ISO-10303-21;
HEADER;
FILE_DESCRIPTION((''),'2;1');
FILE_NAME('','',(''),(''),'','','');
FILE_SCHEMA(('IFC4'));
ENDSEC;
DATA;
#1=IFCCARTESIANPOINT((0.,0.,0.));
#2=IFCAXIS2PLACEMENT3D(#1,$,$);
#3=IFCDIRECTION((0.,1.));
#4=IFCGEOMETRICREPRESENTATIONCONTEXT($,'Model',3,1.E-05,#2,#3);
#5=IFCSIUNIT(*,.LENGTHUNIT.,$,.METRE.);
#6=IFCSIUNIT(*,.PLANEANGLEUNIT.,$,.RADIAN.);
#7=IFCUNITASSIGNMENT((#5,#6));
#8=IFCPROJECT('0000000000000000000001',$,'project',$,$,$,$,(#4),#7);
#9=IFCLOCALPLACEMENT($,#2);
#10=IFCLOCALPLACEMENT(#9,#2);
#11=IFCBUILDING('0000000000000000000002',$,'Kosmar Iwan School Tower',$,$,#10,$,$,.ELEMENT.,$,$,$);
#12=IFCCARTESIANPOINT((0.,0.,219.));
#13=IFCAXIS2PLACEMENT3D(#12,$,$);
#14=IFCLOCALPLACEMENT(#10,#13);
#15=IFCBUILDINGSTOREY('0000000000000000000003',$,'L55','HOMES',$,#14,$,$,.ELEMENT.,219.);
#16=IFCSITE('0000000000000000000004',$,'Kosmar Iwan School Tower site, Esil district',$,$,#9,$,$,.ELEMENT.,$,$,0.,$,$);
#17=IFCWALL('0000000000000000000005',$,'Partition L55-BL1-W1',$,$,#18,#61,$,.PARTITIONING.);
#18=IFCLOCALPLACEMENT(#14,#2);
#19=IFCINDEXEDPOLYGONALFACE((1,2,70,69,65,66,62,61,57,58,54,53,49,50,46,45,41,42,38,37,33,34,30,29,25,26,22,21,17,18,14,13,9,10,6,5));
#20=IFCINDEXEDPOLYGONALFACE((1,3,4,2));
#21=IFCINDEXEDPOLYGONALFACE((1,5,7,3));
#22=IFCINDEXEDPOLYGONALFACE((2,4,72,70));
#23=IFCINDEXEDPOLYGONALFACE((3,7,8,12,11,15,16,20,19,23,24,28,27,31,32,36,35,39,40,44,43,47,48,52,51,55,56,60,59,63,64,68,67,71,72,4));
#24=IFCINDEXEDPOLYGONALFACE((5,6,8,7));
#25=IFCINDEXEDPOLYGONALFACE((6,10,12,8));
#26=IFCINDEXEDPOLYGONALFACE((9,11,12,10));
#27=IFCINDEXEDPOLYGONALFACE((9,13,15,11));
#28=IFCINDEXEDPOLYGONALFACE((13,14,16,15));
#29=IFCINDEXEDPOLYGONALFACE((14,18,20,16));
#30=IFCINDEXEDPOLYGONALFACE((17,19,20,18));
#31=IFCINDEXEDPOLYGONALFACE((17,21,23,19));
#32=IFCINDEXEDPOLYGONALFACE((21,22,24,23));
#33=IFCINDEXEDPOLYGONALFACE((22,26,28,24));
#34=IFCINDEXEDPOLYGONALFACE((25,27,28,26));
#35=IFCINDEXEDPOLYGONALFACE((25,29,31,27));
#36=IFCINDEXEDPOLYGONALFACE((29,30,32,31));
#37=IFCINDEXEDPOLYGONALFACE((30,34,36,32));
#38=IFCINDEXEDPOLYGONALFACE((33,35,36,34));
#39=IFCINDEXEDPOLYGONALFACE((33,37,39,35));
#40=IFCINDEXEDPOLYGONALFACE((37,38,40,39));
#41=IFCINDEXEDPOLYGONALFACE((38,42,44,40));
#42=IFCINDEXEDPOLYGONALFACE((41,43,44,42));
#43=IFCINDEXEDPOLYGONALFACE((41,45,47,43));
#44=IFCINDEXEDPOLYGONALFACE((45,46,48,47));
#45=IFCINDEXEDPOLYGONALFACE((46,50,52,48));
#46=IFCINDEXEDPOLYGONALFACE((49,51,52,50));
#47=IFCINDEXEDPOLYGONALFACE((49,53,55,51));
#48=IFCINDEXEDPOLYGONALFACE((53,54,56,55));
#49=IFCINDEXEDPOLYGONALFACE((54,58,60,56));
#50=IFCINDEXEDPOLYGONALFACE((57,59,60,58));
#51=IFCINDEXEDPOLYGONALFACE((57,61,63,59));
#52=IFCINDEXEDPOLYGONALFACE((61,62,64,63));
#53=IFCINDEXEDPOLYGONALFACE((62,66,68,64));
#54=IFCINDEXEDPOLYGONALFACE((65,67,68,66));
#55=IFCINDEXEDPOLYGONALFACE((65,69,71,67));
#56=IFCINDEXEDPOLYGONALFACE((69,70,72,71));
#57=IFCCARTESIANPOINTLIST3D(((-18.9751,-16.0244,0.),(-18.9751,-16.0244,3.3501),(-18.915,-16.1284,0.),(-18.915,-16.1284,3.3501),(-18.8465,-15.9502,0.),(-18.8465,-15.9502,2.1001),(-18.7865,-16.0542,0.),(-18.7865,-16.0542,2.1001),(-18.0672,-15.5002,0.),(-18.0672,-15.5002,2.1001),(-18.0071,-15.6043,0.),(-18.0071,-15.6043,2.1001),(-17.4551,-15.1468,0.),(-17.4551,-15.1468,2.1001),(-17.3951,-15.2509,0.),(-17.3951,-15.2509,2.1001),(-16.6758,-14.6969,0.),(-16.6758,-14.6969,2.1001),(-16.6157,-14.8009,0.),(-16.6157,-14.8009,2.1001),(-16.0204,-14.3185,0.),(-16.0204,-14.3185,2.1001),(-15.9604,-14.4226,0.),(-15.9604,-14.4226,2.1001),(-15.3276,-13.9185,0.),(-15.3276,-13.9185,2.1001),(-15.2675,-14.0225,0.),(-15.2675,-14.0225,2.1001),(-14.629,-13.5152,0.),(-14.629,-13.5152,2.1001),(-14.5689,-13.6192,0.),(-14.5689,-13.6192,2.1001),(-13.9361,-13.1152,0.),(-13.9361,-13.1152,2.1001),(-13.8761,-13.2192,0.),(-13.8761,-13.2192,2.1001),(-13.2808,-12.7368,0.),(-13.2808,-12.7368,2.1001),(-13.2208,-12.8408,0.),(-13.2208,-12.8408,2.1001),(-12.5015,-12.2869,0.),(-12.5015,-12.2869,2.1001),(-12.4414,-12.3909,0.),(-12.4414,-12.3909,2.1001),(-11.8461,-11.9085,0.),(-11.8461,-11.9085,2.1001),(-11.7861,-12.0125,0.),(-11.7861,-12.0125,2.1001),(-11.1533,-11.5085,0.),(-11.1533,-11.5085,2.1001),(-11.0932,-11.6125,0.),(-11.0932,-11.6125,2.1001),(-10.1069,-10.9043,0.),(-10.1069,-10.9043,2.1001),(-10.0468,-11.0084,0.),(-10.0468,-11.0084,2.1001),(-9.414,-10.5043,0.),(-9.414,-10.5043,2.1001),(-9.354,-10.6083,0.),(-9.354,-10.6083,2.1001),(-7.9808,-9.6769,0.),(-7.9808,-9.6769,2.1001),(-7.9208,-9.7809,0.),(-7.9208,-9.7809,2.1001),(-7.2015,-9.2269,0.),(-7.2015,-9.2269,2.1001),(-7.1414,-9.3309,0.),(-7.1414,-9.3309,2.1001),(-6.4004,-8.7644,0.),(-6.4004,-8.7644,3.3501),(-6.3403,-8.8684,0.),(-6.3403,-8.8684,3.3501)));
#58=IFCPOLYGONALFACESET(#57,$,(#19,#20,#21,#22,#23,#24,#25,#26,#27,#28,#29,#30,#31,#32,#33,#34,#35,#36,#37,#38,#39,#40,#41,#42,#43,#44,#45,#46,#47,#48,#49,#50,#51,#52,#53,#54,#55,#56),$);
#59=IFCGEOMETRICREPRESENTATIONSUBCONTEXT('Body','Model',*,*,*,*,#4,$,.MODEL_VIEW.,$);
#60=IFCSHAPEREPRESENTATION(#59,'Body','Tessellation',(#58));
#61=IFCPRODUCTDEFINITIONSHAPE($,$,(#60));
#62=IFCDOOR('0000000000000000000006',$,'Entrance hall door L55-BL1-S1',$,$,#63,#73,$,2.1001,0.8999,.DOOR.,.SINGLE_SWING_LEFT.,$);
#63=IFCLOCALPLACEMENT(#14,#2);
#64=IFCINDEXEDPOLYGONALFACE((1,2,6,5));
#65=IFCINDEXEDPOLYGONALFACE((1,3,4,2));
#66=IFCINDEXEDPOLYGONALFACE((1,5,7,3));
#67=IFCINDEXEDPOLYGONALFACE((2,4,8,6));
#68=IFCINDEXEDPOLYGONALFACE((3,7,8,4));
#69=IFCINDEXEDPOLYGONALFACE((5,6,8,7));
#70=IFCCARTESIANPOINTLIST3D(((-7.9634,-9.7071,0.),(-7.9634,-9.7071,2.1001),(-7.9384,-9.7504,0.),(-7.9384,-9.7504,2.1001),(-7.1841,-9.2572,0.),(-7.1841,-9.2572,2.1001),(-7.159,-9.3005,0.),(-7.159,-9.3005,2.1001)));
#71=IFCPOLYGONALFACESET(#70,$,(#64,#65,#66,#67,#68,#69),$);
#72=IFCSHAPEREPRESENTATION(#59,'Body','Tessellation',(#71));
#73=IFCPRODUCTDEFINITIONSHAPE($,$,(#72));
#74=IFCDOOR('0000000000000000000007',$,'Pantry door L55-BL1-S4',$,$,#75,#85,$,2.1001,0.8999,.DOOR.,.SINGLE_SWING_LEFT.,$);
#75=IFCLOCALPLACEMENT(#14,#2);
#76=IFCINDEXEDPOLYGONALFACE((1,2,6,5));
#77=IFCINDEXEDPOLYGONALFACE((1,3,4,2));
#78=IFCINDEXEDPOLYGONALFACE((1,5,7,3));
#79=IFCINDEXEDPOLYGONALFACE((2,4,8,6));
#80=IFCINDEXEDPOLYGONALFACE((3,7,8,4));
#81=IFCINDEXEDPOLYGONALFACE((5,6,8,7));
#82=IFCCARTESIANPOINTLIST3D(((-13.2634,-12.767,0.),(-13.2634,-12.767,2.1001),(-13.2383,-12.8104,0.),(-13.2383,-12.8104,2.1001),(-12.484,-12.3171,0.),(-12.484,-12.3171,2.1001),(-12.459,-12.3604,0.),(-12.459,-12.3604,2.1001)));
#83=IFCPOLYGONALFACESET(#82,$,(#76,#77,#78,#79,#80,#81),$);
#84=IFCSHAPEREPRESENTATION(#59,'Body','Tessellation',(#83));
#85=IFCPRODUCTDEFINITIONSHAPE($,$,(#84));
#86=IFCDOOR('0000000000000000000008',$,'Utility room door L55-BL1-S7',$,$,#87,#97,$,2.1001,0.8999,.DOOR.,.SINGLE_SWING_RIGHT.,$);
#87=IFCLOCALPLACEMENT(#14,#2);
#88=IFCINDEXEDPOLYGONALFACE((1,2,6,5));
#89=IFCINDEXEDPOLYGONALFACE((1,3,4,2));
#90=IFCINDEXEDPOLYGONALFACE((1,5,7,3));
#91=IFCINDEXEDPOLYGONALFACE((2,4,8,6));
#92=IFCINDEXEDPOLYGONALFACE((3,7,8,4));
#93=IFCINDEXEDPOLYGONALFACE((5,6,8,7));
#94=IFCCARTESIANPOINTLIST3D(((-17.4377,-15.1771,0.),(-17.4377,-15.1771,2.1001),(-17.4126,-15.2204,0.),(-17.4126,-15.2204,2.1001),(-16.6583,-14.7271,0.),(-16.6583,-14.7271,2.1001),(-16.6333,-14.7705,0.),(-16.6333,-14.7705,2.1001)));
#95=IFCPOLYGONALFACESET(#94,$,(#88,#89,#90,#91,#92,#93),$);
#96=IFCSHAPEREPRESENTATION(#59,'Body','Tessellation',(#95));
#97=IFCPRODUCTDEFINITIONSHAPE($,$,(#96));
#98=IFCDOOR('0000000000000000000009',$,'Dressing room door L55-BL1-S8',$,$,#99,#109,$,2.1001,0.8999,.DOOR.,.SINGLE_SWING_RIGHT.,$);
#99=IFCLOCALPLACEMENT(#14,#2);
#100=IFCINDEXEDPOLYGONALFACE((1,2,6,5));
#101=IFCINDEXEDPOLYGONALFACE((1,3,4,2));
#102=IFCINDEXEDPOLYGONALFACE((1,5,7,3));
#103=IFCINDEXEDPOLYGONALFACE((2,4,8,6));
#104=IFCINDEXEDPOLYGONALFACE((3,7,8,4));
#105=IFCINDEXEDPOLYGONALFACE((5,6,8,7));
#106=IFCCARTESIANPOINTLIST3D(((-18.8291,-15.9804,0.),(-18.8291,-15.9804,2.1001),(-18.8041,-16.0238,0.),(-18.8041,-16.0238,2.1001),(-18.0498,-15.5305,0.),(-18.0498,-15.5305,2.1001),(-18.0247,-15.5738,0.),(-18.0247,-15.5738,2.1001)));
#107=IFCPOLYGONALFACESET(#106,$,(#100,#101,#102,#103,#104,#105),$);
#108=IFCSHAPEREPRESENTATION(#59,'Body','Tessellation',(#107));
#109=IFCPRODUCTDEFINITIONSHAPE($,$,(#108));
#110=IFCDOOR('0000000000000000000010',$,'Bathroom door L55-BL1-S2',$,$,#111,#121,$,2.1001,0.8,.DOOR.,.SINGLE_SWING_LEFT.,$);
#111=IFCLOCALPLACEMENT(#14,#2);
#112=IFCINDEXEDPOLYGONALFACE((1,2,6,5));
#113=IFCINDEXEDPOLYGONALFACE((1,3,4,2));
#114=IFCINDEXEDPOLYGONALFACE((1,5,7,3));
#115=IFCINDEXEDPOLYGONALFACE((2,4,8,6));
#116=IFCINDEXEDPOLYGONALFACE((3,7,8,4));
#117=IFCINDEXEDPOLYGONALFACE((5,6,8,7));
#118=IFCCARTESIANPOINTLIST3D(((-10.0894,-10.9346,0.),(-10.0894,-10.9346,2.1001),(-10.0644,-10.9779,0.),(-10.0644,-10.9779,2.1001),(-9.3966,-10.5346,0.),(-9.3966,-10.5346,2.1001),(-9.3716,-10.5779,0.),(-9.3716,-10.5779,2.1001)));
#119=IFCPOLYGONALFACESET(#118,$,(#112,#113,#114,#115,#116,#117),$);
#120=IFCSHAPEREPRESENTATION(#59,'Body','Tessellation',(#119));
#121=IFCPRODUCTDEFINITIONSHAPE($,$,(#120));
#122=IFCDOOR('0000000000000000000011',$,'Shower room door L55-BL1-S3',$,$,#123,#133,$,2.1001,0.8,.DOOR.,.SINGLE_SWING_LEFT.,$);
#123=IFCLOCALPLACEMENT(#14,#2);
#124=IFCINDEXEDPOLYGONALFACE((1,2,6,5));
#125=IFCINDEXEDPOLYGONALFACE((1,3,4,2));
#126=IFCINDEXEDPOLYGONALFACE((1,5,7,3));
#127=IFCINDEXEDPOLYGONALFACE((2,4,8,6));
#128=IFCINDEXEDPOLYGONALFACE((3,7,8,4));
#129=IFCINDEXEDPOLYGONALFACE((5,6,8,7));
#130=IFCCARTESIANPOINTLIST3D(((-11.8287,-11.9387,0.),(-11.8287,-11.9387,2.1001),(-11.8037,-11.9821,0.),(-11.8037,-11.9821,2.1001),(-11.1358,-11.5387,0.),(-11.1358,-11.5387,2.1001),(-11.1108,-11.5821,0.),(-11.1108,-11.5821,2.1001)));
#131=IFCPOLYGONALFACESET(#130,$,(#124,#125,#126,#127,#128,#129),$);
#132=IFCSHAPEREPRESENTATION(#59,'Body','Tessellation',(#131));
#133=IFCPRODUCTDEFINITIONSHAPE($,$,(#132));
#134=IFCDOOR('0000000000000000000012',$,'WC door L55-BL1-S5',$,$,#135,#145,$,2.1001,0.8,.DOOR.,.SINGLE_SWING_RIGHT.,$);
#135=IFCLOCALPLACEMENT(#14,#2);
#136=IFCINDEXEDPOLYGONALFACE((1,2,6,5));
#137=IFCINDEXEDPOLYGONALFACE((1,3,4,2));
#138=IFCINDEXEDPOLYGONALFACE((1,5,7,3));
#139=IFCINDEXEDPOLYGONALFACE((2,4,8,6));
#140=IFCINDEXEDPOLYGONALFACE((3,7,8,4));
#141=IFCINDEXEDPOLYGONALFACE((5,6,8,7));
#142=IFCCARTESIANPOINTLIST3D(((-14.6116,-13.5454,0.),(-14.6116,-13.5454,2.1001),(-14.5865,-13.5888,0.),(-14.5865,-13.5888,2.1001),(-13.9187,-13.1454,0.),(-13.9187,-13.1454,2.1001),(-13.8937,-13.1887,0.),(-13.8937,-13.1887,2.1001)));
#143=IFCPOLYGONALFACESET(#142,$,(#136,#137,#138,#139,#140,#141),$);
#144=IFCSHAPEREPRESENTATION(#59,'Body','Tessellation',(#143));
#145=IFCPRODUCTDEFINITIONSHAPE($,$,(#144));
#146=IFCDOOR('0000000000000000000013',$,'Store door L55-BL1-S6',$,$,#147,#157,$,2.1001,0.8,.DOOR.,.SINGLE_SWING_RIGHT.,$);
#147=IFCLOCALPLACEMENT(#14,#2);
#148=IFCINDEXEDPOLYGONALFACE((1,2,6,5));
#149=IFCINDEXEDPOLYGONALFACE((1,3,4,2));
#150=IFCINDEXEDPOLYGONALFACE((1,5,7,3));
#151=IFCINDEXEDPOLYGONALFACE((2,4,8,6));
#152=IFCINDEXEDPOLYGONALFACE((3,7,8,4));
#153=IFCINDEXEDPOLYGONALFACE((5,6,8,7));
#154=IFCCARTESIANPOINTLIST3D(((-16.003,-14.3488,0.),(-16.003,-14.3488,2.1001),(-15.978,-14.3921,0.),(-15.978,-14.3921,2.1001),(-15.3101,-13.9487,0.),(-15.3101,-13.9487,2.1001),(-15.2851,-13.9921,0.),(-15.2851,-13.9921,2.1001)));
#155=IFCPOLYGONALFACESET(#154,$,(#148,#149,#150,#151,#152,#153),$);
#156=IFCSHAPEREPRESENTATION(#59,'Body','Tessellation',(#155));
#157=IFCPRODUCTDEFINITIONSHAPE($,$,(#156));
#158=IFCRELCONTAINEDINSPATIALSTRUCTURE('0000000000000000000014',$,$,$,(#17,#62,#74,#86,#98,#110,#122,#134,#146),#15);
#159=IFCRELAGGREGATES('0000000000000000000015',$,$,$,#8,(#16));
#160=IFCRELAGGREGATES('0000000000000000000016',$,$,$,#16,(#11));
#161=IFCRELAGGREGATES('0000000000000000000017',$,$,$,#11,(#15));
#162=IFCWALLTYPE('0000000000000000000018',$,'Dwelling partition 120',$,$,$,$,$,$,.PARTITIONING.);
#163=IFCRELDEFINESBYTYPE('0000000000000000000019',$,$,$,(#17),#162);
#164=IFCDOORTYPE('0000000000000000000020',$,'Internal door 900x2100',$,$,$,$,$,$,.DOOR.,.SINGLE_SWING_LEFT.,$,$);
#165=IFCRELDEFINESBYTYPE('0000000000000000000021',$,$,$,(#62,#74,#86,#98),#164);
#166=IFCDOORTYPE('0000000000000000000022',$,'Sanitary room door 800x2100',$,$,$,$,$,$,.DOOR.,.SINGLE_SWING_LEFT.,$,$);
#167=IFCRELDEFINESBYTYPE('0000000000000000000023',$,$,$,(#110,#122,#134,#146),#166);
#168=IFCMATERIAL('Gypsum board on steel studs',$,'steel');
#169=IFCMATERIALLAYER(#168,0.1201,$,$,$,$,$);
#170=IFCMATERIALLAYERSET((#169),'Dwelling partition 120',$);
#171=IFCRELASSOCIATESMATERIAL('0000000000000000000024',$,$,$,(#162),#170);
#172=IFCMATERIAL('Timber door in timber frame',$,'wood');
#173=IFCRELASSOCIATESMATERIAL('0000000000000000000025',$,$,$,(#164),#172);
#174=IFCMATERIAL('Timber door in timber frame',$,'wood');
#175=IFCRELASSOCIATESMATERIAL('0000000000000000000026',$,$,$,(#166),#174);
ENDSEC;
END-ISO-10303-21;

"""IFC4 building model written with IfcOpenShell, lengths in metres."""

from ifc_helpers import new_model, si_unit, direction, frame, frame_2d, origin, place, context, subcontext, project, spatial, rectangle, extrude, material, layer, layer_set, type_object, element, fill, save


model = new_model("IFC4")

# Units and contexts
model_context = context("Model", 3, precision=1e-05, world=origin(), true_north=direction((0.0, 1.0)))
body_context = subcontext(model_context, "Body", "Model", "MODEL_VIEW")
ifc_project = project(units=[si_unit("LENGTHUNIT", "METRE"), si_unit("PLANEANGLEUNIT", "RADIAN")], contexts=[model_context])

# Site, building, storey
site_placement = place(None, origin())
site = spatial("IfcSite", under=ifc_project, at=site_placement, Name="Kosmar Iwan School Tower site, Esil district", CompositionType="ELEMENT", RefElevation=0.0)
building_placement = place(site_placement, origin())
building = spatial("IfcBuilding", under=site, at=building_placement, Name="Kosmar Iwan School Tower", CompositionType="ELEMENT")
storey_placement = place(building_placement, frame((0.0, 0.0, 219.0)))
storey = spatial("IfcBuildingStorey", under=building, at=storey_placement, Name="L55", Description="HOMES", CompositionType="ELEMENT", Elevation=219.0)

# Wall, openings, doors
ifc_material_1 = material(Name="Gypsum board on steel studs", Category="steel")
ifc_layer_1 = layer(ifc_material_1, 0.1201)
ifc_layer_set_1 = layer_set([ifc_layer_1], Name="Dwelling partition 120")
wall_type_1 = type_object("IfcWallType", Name="Dwelling partition 120", PredefinedType="PARTITIONING", material=ifc_layer_set_1)
wall_1_placement = place(storey_placement, frame((-6.3704, -8.8164, 0.0), z_axis=(0.0, 0.0, 1.0), x_axis=(-0.866025, -0.5, 0.0)))
wall_1 = element("IfcWall", 1, at=wall_1_placement, inside=storey, type_object=wall_type_1, Name="Partition L55-BL1-W1", PredefinedType="PARTITIONING", context=body_context, shape_type="SweptSolid", body=[
    extrude(rectangle(XDim=14.52, YDim=0.1201, at=frame_2d((7.26, 0.0))), origin(), (0.0, 0.0, 1.0), 3.3501),
])
opening_1_placement = place(wall_1_placement, frame((0.925, 0.0, 0.0)))
opening_1 = element("IfcOpeningElement", 2, at=opening_1_placement, cuts=wall_1, PredefinedType="OPENING", context=body_context, shape_type="SweptSolid", body=[
    extrude(rectangle(XDim=0.8999, YDim=2.1001, at=frame_2d((0.45, 1.05))), frame((0.0, 0.072, 0.0), z_axis=(0.0, -1.0, 0.0), x_axis=(1.0, 0.0, 0.0)), (0.0, 0.0, 1.0), 0.144),
])
opening_2_placement = place(wall_1_placement, frame((3.48, 0.0, 0.0)))
opening_2 = element("IfcOpeningElement", 3, at=opening_2_placement, cuts=wall_1, PredefinedType="OPENING", context=body_context, shape_type="SweptSolid", body=[
    extrude(rectangle(XDim=0.8, YDim=2.1001, at=frame_2d((0.3999, 1.05))), frame((0.0, 0.072, 0.0), z_axis=(0.0, -1.0, 0.0), x_axis=(1.0, 0.0, 0.0)), (0.0, 0.0, 1.0), 0.144),
])
opening_3_placement = place(wall_1_placement, frame((5.4883, 0.0, 0.0)))
opening_3 = element("IfcOpeningElement", 4, at=opening_3_placement, cuts=wall_1, PredefinedType="OPENING", context=body_context, shape_type="SweptSolid", body=[
    extrude(rectangle(XDim=0.8, YDim=2.1001, at=frame_2d((0.3999, 1.05))), frame((0.0, 0.072, 0.0), z_axis=(0.0, -1.0, 0.0), x_axis=(1.0, 0.0, 0.0)), (0.0, 0.0, 1.0), 0.144),
])
opening_4_placement = place(wall_1_placement, frame((7.0449, 0.0, 0.0)))
opening_4 = element("IfcOpeningElement", 5, at=opening_4_placement, cuts=wall_1, PredefinedType="OPENING", context=body_context, shape_type="SweptSolid", body=[
    extrude(rectangle(XDim=0.8999, YDim=2.1001, at=frame_2d((0.45, 1.05))), frame((0.0, 0.072, 0.0), z_axis=(0.0, -1.0, 0.0), x_axis=(1.0, 0.0, 0.0)), (0.0, 0.0, 1.0), 0.144),
])
opening_5_placement = place(wall_1_placement, frame((8.7017, 0.0, 0.0)))
opening_5 = element("IfcOpeningElement", 6, at=opening_5_placement, cuts=wall_1, PredefinedType="OPENING", context=body_context, shape_type="SweptSolid", body=[
    extrude(rectangle(XDim=0.8, YDim=2.1001, at=frame_2d((0.3999, 1.05))), frame((0.0, 0.072, 0.0), z_axis=(0.0, -1.0, 0.0), x_axis=(1.0, 0.0, 0.0)), (0.0, 0.0, 1.0), 0.144),
])
opening_6_placement = place(wall_1_placement, frame((10.3083, 0.0, 0.0)))
opening_6 = element("IfcOpeningElement", 7, at=opening_6_placement, cuts=wall_1, PredefinedType="OPENING", context=body_context, shape_type="SweptSolid", body=[
    extrude(rectangle(XDim=0.8, YDim=2.1001, at=frame_2d((0.3999, 1.05))), frame((0.0, 0.072, 0.0), z_axis=(0.0, -1.0, 0.0), x_axis=(1.0, 0.0, 0.0)), (0.0, 0.0, 1.0), 0.144),
])
opening_7_placement = place(wall_1_placement, frame((11.865, 0.0, 0.0)))
opening_7 = element("IfcOpeningElement", 8, at=opening_7_placement, cuts=wall_1, PredefinedType="OPENING", context=body_context, shape_type="SweptSolid", body=[
    extrude(rectangle(XDim=0.8999, YDim=2.1001, at=frame_2d((0.45, 1.05))), frame((0.0, 0.072, 0.0), z_axis=(0.0, -1.0, 0.0), x_axis=(1.0, 0.0, 0.0)), (0.0, 0.0, 1.0), 0.144),
])
opening_8_placement = place(wall_1_placement, frame((13.4717, 0.0, 0.0)))
opening_8 = element("IfcOpeningElement", 9, at=opening_8_placement, cuts=wall_1, PredefinedType="OPENING", context=body_context, shape_type="SweptSolid", body=[
    extrude(rectangle(XDim=0.8999, YDim=2.1001, at=frame_2d((0.45, 1.05))), frame((0.0, 0.072, 0.0), z_axis=(0.0, -1.0, 0.0), x_axis=(1.0, 0.0, 0.0)), (0.0, 0.0, 1.0), 0.144),
])
ifc_material_2 = material(Name="Timber door in timber frame", Category="wood")
door_type_1 = type_object("IfcDoorType", Name="Internal door 900x2100", OperationType="SINGLE_SWING_LEFT", PredefinedType="DOOR", material=ifc_material_2)
door_1_placement = place(opening_1_placement, origin())
door_1 = element("IfcDoor", 10, at=door_1_placement, inside=storey, type_object=door_type_1, Name="Entrance hall door L55-BL1-S1", OperationType="SINGLE_SWING_LEFT", OverallHeight=2.1001, OverallWidth=0.8999, PredefinedType="DOOR", context=body_context, shape_type="SweptSolid", body=[
    extrude(rectangle(XDim=0.8999, YDim=2.1001, at=frame_2d((0.45, 1.05))), frame((0.0, 0.0249, 0.0), z_axis=(0.0, -1.0, 0.0), x_axis=(1.0, 0.0, 0.0)), (0.0, 0.0, 1.0), 0.05),
])
fill(opening_1, door_1)
door_2_placement = place(opening_4_placement, origin())
door_2 = element("IfcDoor", 11, at=door_2_placement, inside=storey, type_object=door_type_1, Name="Pantry door L55-BL1-S4", OperationType="SINGLE_SWING_LEFT", OverallHeight=2.1001, OverallWidth=0.8999, PredefinedType="DOOR", context=body_context, shape_type="SweptSolid", body=[
    extrude(rectangle(XDim=0.8999, YDim=2.1001, at=frame_2d((0.45, 1.05))), frame((0.0, 0.0249, 0.0), z_axis=(0.0, -1.0, 0.0), x_axis=(1.0, 0.0, 0.0)), (0.0, 0.0, 1.0), 0.05),
])
fill(opening_4, door_2)
door_3_placement = place(opening_7_placement, origin())
door_3 = element("IfcDoor", 12, at=door_3_placement, inside=storey, type_object=door_type_1, Name="Utility room door L55-BL1-S7", OperationType="SINGLE_SWING_RIGHT", OverallHeight=2.1001, OverallWidth=0.8999, PredefinedType="DOOR", context=body_context, shape_type="SweptSolid", body=[
    extrude(rectangle(XDim=0.8999, YDim=2.1001, at=frame_2d((0.45, 1.05))), frame((0.0, 0.0249, 0.0), z_axis=(0.0, -1.0, 0.0), x_axis=(1.0, 0.0, 0.0)), (0.0, 0.0, 1.0), 0.05),
])
fill(opening_7, door_3)
door_4_placement = place(opening_8_placement, origin())
door_4 = element("IfcDoor", 13, at=door_4_placement, inside=storey, type_object=door_type_1, Name="Dressing room door L55-BL1-S8", OperationType="SINGLE_SWING_RIGHT", OverallHeight=2.1001, OverallWidth=0.8999, PredefinedType="DOOR", context=body_context, shape_type="SweptSolid", body=[
    extrude(rectangle(XDim=0.8999, YDim=2.1001, at=frame_2d((0.45, 1.05))), frame((0.0, 0.0249, 0.0), z_axis=(0.0, -1.0, 0.0), x_axis=(1.0, 0.0, 0.0)), (0.0, 0.0, 1.0), 0.05),
])
fill(opening_8, door_4)
ifc_material_3 = material(Name="Timber door in timber frame", Category="wood")
door_type_2 = type_object("IfcDoorType", Name="Sanitary room door 800x2100", OperationType="SINGLE_SWING_LEFT", PredefinedType="DOOR", material=ifc_material_3)
door_5_placement = place(opening_2_placement, origin())
door_5 = element("IfcDoor", 14, at=door_5_placement, inside=storey, type_object=door_type_2, Name="Bathroom door L55-BL1-S2", OperationType="SINGLE_SWING_LEFT", OverallHeight=2.1001, OverallWidth=0.8, PredefinedType="DOOR", context=body_context, shape_type="SweptSolid", body=[
    extrude(rectangle(XDim=0.8, YDim=2.1001, at=frame_2d((0.3999, 1.05))), frame((0.0, 0.0249, 0.0), z_axis=(0.0, -1.0, 0.0), x_axis=(1.0, 0.0, 0.0)), (0.0, 0.0, 1.0), 0.05),
])
fill(opening_2, door_5)
door_6_placement = place(opening_3_placement, origin())
door_6 = element("IfcDoor", 15, at=door_6_placement, inside=storey, type_object=door_type_2, Name="Shower room door L55-BL1-S3", OperationType="SINGLE_SWING_LEFT", OverallHeight=2.1001, OverallWidth=0.8, PredefinedType="DOOR", context=body_context, shape_type="SweptSolid", body=[
    extrude(rectangle(XDim=0.8, YDim=2.1001, at=frame_2d((0.3999, 1.05))), frame((0.0, 0.0249, 0.0), z_axis=(0.0, -1.0, 0.0), x_axis=(1.0, 0.0, 0.0)), (0.0, 0.0, 1.0), 0.05),
])
fill(opening_3, door_6)
door_7_placement = place(opening_5_placement, origin())
door_7 = element("IfcDoor", 16, at=door_7_placement, inside=storey, type_object=door_type_2, Name="WC door L55-BL1-S5", OperationType="SINGLE_SWING_RIGHT", OverallHeight=2.1001, OverallWidth=0.8, PredefinedType="DOOR", context=body_context, shape_type="SweptSolid", body=[
    extrude(rectangle(XDim=0.8, YDim=2.1001, at=frame_2d((0.3999, 1.05))), frame((0.0, 0.0249, 0.0), z_axis=(0.0, -1.0, 0.0), x_axis=(1.0, 0.0, 0.0)), (0.0, 0.0, 1.0), 0.05),
])
fill(opening_5, door_7)
door_8_placement = place(opening_6_placement, origin())
door_8 = element("IfcDoor", 17, at=door_8_placement, inside=storey, type_object=door_type_2, Name="Store door L55-BL1-S6", OperationType="SINGLE_SWING_RIGHT", OverallHeight=2.1001, OverallWidth=0.8, PredefinedType="DOOR", context=body_context, shape_type="SweptSolid", body=[
    extrude(rectangle(XDim=0.8, YDim=2.1001, at=frame_2d((0.3999, 1.05))), frame((0.0, 0.0249, 0.0), z_axis=(0.0, -1.0, 0.0), x_axis=(1.0, 0.0, 0.0)), (0.0, 0.0, 1.0), 0.05),
])
fill(opening_6, door_8)

save(model, "model.ifc")
